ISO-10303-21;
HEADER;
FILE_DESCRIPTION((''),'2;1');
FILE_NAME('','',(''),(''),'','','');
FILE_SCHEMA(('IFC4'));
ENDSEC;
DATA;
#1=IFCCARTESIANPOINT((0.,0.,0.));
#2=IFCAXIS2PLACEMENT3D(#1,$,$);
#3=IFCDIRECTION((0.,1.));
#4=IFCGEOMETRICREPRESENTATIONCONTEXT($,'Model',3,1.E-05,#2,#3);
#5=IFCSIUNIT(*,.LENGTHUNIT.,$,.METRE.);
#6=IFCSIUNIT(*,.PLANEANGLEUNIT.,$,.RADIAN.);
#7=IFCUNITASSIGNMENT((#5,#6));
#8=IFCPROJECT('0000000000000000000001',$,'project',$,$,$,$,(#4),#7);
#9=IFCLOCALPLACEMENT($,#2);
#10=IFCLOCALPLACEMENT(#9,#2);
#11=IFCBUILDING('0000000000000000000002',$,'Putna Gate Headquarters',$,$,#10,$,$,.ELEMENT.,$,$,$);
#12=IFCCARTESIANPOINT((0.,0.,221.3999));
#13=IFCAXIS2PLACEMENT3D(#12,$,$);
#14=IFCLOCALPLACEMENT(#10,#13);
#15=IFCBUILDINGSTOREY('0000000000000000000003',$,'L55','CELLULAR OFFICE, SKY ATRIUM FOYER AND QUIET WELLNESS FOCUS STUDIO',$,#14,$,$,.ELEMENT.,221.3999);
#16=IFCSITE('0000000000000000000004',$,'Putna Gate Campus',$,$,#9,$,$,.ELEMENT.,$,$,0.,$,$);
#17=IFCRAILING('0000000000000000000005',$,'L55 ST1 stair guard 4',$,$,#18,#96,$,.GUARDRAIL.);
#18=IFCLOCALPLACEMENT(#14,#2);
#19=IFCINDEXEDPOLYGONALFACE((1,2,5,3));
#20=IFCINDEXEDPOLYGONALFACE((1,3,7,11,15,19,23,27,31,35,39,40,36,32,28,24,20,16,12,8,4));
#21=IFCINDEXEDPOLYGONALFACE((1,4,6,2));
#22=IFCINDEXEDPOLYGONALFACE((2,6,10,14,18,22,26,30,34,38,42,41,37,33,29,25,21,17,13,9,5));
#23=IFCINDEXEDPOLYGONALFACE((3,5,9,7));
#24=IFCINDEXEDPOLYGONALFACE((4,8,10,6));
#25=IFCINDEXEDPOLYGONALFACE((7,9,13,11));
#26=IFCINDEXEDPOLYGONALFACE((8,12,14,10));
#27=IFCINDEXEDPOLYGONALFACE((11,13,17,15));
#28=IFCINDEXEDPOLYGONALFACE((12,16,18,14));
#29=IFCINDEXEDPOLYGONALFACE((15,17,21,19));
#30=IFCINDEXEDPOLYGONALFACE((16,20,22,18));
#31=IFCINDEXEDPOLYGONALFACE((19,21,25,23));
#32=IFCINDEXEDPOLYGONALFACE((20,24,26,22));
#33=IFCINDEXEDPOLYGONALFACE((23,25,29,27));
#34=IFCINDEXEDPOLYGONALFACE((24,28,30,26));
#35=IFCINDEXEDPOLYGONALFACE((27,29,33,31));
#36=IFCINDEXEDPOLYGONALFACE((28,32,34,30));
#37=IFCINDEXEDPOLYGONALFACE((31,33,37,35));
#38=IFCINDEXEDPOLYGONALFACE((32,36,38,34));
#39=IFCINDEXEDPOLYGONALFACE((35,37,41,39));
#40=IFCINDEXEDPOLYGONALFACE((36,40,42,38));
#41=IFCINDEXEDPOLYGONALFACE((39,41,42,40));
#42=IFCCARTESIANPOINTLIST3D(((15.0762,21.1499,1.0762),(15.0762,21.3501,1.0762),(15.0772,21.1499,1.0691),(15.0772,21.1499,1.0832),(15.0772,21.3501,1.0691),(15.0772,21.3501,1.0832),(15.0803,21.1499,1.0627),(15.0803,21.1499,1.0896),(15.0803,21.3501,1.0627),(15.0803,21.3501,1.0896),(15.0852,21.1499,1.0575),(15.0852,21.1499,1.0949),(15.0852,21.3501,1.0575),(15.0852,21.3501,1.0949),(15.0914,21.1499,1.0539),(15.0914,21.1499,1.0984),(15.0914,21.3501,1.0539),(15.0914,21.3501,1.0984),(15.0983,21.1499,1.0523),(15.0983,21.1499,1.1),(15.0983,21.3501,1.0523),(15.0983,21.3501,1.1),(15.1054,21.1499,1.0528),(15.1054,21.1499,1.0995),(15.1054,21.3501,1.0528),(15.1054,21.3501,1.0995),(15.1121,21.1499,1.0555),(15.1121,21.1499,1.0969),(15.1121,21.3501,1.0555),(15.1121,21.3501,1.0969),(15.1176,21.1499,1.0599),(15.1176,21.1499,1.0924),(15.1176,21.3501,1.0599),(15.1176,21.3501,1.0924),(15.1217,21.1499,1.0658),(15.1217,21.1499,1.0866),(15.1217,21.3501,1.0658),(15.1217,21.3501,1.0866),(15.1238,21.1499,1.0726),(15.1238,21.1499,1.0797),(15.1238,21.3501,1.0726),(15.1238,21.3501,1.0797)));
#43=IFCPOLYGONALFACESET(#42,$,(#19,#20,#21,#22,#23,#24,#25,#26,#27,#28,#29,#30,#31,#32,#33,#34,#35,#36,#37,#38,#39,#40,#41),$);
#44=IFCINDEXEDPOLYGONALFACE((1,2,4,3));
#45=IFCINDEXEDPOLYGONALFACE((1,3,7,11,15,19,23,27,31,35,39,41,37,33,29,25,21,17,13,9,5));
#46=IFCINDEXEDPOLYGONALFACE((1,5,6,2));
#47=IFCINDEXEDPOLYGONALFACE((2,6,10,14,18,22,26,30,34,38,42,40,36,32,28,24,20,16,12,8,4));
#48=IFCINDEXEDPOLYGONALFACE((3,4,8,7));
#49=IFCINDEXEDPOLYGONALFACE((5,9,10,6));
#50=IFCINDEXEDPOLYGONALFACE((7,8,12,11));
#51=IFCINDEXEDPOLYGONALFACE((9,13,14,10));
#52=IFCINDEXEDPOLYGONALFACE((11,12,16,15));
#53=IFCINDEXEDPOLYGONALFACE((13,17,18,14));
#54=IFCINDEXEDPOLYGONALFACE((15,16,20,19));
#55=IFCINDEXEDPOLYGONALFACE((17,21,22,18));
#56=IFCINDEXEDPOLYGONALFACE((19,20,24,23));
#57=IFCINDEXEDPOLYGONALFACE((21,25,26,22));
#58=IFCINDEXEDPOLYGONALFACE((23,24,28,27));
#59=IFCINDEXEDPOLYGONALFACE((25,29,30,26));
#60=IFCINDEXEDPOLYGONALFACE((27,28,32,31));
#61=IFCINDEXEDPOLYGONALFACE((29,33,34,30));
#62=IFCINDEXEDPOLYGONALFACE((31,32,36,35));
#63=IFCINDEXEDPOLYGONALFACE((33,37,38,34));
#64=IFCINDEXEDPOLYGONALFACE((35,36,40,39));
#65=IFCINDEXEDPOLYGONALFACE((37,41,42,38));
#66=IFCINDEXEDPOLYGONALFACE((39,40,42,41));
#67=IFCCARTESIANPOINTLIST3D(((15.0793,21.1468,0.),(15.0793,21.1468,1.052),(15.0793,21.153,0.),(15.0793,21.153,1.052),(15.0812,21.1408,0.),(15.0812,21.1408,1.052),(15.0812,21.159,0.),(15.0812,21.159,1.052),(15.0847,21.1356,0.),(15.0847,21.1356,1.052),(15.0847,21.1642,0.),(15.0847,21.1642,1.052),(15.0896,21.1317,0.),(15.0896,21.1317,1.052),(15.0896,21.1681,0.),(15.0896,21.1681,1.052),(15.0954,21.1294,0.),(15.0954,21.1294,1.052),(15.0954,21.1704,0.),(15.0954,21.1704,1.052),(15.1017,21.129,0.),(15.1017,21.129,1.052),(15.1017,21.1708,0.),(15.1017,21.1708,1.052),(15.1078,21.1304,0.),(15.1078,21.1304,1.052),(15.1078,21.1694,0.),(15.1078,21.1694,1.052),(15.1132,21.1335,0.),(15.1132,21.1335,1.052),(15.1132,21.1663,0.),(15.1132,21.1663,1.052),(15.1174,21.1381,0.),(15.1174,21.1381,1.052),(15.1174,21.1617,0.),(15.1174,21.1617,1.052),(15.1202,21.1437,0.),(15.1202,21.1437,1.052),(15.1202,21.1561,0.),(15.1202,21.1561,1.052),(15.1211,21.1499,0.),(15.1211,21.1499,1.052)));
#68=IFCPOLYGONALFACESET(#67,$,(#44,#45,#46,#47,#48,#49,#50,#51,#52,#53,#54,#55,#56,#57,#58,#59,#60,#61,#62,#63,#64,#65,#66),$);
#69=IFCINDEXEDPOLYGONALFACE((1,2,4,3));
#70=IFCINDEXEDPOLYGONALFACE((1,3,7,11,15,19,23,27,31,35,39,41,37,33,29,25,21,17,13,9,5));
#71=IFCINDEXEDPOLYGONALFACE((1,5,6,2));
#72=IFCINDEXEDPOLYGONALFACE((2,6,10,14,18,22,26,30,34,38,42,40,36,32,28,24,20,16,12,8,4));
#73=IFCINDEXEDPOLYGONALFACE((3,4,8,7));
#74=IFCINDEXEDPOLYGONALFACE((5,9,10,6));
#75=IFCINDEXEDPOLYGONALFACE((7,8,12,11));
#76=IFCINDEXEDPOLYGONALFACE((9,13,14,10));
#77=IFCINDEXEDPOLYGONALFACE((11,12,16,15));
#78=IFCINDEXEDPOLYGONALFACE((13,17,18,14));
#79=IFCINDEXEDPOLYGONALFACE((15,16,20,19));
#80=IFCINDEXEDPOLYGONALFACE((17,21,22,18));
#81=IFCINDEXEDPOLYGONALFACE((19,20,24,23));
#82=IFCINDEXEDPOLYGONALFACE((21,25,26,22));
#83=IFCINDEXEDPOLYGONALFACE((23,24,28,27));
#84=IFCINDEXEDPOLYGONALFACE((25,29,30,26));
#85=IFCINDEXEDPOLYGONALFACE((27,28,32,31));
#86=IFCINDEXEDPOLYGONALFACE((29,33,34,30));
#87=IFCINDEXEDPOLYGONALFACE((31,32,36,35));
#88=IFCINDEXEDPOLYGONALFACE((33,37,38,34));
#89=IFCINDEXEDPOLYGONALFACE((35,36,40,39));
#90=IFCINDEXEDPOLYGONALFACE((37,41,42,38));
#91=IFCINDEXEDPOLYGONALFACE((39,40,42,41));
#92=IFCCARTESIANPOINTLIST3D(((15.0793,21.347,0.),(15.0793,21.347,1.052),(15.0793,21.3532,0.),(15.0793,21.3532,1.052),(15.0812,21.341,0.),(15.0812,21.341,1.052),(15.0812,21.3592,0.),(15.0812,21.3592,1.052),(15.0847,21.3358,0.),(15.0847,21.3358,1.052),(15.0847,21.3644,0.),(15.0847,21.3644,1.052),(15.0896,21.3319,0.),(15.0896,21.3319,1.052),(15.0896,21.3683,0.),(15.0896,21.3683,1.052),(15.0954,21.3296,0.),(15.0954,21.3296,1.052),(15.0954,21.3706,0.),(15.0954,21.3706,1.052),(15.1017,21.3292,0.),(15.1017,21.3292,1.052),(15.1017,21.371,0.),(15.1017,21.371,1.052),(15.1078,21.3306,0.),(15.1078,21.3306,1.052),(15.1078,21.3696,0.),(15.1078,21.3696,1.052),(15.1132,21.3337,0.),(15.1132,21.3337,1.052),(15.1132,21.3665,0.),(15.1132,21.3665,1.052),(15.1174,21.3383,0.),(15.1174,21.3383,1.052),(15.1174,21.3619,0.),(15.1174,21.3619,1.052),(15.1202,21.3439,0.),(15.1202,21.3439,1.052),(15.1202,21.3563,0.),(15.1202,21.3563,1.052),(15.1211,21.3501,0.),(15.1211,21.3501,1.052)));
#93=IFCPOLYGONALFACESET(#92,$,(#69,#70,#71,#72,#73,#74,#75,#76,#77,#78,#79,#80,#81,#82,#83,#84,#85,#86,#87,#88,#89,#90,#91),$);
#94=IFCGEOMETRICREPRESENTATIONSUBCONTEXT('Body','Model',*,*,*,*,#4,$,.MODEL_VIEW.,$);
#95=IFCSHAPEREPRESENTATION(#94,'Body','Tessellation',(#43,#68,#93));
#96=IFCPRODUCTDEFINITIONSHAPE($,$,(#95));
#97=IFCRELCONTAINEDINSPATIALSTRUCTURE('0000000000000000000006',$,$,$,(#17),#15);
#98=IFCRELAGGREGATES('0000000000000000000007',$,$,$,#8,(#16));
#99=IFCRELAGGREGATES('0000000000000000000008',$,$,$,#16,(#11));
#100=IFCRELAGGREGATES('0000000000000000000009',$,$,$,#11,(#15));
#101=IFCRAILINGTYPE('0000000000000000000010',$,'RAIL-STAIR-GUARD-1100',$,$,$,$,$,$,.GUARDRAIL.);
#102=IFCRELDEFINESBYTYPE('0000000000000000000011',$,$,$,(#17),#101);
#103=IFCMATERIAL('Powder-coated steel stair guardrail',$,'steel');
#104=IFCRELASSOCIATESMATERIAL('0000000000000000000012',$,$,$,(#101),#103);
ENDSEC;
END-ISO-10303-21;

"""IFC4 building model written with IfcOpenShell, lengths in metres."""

from ifc_helpers import new_model, si_unit, direction, frame, origin, origin_2d, place, context, subcontext, project, spatial, circle, extrude, material, type_object, element, save


model = new_model("IFC4")

# Units and contexts
model_context = context("Model", 3, precision=1e-05, world=origin(), true_north=direction((0.0, 1.0)))
body_context = subcontext(model_context, "Body", "Model", "MODEL_VIEW")
ifc_project = project(units=[si_unit("LENGTHUNIT", "METRE"), si_unit("PLANEANGLEUNIT", "RADIAN")], contexts=[model_context])

# Site, building, storey
site_placement = place(None, origin())
site = spatial("IfcSite", under=ifc_project, at=site_placement, Name="Putna Gate Campus", CompositionType="ELEMENT", RefElevation=0.0)
building_placement = place(site_placement, origin())
building = spatial("IfcBuilding", under=site, at=building_placement, Name="Putna Gate Headquarters", CompositionType="ELEMENT")
storey_placement = place(building_placement, frame((0.0, 0.0, 221.3999)))
storey = spatial("IfcBuildingStorey", under=building, at=storey_placement, Name="L55", Description="CELLULAR OFFICE, SKY ATRIUM FOYER AND QUIET WELLNESS FOCUS STUDIO", CompositionType="ELEMENT", Elevation=221.3999)

# Railing
ifc_material_1 = material(Name="Powder-coated steel stair guardrail", Category="steel")
railing_type_1 = type_object("IfcRailingType", Name="RAIL-STAIR-GUARD-1100", PredefinedType="GUARDRAIL", material=ifc_material_1)
railing_1_placement = place(storey_placement, frame((15.1001, 21.1499, 0.0)))
element("IfcRailing", 1, at=railing_1_placement, inside=storey, type_object=railing_type_1, Name="L55 ST1 stair guard 4", PredefinedType="GUARDRAIL", context=body_context, shape_type="SweptSolid", body=[
    extrude(circle(Radius=0.0239, at=origin_2d()), frame((0.0, 0.0, 1.0762), z_axis=(0.0, 1.0, 0.0), x_axis=(-1.0, 0.0, 0.0)), (0.0, 0.0, 1.0), 0.2002),
    extrude(circle(Radius=0.021, at=origin_2d()), origin(), (0.0, 0.0, 1.0), 1.052),
    extrude(circle(Radius=0.021, at=origin_2d()), frame((0.0, 0.2002, 0.0)), (0.0, 0.0, 1.0), 1.052),
])

save(model, "model.ifc")
